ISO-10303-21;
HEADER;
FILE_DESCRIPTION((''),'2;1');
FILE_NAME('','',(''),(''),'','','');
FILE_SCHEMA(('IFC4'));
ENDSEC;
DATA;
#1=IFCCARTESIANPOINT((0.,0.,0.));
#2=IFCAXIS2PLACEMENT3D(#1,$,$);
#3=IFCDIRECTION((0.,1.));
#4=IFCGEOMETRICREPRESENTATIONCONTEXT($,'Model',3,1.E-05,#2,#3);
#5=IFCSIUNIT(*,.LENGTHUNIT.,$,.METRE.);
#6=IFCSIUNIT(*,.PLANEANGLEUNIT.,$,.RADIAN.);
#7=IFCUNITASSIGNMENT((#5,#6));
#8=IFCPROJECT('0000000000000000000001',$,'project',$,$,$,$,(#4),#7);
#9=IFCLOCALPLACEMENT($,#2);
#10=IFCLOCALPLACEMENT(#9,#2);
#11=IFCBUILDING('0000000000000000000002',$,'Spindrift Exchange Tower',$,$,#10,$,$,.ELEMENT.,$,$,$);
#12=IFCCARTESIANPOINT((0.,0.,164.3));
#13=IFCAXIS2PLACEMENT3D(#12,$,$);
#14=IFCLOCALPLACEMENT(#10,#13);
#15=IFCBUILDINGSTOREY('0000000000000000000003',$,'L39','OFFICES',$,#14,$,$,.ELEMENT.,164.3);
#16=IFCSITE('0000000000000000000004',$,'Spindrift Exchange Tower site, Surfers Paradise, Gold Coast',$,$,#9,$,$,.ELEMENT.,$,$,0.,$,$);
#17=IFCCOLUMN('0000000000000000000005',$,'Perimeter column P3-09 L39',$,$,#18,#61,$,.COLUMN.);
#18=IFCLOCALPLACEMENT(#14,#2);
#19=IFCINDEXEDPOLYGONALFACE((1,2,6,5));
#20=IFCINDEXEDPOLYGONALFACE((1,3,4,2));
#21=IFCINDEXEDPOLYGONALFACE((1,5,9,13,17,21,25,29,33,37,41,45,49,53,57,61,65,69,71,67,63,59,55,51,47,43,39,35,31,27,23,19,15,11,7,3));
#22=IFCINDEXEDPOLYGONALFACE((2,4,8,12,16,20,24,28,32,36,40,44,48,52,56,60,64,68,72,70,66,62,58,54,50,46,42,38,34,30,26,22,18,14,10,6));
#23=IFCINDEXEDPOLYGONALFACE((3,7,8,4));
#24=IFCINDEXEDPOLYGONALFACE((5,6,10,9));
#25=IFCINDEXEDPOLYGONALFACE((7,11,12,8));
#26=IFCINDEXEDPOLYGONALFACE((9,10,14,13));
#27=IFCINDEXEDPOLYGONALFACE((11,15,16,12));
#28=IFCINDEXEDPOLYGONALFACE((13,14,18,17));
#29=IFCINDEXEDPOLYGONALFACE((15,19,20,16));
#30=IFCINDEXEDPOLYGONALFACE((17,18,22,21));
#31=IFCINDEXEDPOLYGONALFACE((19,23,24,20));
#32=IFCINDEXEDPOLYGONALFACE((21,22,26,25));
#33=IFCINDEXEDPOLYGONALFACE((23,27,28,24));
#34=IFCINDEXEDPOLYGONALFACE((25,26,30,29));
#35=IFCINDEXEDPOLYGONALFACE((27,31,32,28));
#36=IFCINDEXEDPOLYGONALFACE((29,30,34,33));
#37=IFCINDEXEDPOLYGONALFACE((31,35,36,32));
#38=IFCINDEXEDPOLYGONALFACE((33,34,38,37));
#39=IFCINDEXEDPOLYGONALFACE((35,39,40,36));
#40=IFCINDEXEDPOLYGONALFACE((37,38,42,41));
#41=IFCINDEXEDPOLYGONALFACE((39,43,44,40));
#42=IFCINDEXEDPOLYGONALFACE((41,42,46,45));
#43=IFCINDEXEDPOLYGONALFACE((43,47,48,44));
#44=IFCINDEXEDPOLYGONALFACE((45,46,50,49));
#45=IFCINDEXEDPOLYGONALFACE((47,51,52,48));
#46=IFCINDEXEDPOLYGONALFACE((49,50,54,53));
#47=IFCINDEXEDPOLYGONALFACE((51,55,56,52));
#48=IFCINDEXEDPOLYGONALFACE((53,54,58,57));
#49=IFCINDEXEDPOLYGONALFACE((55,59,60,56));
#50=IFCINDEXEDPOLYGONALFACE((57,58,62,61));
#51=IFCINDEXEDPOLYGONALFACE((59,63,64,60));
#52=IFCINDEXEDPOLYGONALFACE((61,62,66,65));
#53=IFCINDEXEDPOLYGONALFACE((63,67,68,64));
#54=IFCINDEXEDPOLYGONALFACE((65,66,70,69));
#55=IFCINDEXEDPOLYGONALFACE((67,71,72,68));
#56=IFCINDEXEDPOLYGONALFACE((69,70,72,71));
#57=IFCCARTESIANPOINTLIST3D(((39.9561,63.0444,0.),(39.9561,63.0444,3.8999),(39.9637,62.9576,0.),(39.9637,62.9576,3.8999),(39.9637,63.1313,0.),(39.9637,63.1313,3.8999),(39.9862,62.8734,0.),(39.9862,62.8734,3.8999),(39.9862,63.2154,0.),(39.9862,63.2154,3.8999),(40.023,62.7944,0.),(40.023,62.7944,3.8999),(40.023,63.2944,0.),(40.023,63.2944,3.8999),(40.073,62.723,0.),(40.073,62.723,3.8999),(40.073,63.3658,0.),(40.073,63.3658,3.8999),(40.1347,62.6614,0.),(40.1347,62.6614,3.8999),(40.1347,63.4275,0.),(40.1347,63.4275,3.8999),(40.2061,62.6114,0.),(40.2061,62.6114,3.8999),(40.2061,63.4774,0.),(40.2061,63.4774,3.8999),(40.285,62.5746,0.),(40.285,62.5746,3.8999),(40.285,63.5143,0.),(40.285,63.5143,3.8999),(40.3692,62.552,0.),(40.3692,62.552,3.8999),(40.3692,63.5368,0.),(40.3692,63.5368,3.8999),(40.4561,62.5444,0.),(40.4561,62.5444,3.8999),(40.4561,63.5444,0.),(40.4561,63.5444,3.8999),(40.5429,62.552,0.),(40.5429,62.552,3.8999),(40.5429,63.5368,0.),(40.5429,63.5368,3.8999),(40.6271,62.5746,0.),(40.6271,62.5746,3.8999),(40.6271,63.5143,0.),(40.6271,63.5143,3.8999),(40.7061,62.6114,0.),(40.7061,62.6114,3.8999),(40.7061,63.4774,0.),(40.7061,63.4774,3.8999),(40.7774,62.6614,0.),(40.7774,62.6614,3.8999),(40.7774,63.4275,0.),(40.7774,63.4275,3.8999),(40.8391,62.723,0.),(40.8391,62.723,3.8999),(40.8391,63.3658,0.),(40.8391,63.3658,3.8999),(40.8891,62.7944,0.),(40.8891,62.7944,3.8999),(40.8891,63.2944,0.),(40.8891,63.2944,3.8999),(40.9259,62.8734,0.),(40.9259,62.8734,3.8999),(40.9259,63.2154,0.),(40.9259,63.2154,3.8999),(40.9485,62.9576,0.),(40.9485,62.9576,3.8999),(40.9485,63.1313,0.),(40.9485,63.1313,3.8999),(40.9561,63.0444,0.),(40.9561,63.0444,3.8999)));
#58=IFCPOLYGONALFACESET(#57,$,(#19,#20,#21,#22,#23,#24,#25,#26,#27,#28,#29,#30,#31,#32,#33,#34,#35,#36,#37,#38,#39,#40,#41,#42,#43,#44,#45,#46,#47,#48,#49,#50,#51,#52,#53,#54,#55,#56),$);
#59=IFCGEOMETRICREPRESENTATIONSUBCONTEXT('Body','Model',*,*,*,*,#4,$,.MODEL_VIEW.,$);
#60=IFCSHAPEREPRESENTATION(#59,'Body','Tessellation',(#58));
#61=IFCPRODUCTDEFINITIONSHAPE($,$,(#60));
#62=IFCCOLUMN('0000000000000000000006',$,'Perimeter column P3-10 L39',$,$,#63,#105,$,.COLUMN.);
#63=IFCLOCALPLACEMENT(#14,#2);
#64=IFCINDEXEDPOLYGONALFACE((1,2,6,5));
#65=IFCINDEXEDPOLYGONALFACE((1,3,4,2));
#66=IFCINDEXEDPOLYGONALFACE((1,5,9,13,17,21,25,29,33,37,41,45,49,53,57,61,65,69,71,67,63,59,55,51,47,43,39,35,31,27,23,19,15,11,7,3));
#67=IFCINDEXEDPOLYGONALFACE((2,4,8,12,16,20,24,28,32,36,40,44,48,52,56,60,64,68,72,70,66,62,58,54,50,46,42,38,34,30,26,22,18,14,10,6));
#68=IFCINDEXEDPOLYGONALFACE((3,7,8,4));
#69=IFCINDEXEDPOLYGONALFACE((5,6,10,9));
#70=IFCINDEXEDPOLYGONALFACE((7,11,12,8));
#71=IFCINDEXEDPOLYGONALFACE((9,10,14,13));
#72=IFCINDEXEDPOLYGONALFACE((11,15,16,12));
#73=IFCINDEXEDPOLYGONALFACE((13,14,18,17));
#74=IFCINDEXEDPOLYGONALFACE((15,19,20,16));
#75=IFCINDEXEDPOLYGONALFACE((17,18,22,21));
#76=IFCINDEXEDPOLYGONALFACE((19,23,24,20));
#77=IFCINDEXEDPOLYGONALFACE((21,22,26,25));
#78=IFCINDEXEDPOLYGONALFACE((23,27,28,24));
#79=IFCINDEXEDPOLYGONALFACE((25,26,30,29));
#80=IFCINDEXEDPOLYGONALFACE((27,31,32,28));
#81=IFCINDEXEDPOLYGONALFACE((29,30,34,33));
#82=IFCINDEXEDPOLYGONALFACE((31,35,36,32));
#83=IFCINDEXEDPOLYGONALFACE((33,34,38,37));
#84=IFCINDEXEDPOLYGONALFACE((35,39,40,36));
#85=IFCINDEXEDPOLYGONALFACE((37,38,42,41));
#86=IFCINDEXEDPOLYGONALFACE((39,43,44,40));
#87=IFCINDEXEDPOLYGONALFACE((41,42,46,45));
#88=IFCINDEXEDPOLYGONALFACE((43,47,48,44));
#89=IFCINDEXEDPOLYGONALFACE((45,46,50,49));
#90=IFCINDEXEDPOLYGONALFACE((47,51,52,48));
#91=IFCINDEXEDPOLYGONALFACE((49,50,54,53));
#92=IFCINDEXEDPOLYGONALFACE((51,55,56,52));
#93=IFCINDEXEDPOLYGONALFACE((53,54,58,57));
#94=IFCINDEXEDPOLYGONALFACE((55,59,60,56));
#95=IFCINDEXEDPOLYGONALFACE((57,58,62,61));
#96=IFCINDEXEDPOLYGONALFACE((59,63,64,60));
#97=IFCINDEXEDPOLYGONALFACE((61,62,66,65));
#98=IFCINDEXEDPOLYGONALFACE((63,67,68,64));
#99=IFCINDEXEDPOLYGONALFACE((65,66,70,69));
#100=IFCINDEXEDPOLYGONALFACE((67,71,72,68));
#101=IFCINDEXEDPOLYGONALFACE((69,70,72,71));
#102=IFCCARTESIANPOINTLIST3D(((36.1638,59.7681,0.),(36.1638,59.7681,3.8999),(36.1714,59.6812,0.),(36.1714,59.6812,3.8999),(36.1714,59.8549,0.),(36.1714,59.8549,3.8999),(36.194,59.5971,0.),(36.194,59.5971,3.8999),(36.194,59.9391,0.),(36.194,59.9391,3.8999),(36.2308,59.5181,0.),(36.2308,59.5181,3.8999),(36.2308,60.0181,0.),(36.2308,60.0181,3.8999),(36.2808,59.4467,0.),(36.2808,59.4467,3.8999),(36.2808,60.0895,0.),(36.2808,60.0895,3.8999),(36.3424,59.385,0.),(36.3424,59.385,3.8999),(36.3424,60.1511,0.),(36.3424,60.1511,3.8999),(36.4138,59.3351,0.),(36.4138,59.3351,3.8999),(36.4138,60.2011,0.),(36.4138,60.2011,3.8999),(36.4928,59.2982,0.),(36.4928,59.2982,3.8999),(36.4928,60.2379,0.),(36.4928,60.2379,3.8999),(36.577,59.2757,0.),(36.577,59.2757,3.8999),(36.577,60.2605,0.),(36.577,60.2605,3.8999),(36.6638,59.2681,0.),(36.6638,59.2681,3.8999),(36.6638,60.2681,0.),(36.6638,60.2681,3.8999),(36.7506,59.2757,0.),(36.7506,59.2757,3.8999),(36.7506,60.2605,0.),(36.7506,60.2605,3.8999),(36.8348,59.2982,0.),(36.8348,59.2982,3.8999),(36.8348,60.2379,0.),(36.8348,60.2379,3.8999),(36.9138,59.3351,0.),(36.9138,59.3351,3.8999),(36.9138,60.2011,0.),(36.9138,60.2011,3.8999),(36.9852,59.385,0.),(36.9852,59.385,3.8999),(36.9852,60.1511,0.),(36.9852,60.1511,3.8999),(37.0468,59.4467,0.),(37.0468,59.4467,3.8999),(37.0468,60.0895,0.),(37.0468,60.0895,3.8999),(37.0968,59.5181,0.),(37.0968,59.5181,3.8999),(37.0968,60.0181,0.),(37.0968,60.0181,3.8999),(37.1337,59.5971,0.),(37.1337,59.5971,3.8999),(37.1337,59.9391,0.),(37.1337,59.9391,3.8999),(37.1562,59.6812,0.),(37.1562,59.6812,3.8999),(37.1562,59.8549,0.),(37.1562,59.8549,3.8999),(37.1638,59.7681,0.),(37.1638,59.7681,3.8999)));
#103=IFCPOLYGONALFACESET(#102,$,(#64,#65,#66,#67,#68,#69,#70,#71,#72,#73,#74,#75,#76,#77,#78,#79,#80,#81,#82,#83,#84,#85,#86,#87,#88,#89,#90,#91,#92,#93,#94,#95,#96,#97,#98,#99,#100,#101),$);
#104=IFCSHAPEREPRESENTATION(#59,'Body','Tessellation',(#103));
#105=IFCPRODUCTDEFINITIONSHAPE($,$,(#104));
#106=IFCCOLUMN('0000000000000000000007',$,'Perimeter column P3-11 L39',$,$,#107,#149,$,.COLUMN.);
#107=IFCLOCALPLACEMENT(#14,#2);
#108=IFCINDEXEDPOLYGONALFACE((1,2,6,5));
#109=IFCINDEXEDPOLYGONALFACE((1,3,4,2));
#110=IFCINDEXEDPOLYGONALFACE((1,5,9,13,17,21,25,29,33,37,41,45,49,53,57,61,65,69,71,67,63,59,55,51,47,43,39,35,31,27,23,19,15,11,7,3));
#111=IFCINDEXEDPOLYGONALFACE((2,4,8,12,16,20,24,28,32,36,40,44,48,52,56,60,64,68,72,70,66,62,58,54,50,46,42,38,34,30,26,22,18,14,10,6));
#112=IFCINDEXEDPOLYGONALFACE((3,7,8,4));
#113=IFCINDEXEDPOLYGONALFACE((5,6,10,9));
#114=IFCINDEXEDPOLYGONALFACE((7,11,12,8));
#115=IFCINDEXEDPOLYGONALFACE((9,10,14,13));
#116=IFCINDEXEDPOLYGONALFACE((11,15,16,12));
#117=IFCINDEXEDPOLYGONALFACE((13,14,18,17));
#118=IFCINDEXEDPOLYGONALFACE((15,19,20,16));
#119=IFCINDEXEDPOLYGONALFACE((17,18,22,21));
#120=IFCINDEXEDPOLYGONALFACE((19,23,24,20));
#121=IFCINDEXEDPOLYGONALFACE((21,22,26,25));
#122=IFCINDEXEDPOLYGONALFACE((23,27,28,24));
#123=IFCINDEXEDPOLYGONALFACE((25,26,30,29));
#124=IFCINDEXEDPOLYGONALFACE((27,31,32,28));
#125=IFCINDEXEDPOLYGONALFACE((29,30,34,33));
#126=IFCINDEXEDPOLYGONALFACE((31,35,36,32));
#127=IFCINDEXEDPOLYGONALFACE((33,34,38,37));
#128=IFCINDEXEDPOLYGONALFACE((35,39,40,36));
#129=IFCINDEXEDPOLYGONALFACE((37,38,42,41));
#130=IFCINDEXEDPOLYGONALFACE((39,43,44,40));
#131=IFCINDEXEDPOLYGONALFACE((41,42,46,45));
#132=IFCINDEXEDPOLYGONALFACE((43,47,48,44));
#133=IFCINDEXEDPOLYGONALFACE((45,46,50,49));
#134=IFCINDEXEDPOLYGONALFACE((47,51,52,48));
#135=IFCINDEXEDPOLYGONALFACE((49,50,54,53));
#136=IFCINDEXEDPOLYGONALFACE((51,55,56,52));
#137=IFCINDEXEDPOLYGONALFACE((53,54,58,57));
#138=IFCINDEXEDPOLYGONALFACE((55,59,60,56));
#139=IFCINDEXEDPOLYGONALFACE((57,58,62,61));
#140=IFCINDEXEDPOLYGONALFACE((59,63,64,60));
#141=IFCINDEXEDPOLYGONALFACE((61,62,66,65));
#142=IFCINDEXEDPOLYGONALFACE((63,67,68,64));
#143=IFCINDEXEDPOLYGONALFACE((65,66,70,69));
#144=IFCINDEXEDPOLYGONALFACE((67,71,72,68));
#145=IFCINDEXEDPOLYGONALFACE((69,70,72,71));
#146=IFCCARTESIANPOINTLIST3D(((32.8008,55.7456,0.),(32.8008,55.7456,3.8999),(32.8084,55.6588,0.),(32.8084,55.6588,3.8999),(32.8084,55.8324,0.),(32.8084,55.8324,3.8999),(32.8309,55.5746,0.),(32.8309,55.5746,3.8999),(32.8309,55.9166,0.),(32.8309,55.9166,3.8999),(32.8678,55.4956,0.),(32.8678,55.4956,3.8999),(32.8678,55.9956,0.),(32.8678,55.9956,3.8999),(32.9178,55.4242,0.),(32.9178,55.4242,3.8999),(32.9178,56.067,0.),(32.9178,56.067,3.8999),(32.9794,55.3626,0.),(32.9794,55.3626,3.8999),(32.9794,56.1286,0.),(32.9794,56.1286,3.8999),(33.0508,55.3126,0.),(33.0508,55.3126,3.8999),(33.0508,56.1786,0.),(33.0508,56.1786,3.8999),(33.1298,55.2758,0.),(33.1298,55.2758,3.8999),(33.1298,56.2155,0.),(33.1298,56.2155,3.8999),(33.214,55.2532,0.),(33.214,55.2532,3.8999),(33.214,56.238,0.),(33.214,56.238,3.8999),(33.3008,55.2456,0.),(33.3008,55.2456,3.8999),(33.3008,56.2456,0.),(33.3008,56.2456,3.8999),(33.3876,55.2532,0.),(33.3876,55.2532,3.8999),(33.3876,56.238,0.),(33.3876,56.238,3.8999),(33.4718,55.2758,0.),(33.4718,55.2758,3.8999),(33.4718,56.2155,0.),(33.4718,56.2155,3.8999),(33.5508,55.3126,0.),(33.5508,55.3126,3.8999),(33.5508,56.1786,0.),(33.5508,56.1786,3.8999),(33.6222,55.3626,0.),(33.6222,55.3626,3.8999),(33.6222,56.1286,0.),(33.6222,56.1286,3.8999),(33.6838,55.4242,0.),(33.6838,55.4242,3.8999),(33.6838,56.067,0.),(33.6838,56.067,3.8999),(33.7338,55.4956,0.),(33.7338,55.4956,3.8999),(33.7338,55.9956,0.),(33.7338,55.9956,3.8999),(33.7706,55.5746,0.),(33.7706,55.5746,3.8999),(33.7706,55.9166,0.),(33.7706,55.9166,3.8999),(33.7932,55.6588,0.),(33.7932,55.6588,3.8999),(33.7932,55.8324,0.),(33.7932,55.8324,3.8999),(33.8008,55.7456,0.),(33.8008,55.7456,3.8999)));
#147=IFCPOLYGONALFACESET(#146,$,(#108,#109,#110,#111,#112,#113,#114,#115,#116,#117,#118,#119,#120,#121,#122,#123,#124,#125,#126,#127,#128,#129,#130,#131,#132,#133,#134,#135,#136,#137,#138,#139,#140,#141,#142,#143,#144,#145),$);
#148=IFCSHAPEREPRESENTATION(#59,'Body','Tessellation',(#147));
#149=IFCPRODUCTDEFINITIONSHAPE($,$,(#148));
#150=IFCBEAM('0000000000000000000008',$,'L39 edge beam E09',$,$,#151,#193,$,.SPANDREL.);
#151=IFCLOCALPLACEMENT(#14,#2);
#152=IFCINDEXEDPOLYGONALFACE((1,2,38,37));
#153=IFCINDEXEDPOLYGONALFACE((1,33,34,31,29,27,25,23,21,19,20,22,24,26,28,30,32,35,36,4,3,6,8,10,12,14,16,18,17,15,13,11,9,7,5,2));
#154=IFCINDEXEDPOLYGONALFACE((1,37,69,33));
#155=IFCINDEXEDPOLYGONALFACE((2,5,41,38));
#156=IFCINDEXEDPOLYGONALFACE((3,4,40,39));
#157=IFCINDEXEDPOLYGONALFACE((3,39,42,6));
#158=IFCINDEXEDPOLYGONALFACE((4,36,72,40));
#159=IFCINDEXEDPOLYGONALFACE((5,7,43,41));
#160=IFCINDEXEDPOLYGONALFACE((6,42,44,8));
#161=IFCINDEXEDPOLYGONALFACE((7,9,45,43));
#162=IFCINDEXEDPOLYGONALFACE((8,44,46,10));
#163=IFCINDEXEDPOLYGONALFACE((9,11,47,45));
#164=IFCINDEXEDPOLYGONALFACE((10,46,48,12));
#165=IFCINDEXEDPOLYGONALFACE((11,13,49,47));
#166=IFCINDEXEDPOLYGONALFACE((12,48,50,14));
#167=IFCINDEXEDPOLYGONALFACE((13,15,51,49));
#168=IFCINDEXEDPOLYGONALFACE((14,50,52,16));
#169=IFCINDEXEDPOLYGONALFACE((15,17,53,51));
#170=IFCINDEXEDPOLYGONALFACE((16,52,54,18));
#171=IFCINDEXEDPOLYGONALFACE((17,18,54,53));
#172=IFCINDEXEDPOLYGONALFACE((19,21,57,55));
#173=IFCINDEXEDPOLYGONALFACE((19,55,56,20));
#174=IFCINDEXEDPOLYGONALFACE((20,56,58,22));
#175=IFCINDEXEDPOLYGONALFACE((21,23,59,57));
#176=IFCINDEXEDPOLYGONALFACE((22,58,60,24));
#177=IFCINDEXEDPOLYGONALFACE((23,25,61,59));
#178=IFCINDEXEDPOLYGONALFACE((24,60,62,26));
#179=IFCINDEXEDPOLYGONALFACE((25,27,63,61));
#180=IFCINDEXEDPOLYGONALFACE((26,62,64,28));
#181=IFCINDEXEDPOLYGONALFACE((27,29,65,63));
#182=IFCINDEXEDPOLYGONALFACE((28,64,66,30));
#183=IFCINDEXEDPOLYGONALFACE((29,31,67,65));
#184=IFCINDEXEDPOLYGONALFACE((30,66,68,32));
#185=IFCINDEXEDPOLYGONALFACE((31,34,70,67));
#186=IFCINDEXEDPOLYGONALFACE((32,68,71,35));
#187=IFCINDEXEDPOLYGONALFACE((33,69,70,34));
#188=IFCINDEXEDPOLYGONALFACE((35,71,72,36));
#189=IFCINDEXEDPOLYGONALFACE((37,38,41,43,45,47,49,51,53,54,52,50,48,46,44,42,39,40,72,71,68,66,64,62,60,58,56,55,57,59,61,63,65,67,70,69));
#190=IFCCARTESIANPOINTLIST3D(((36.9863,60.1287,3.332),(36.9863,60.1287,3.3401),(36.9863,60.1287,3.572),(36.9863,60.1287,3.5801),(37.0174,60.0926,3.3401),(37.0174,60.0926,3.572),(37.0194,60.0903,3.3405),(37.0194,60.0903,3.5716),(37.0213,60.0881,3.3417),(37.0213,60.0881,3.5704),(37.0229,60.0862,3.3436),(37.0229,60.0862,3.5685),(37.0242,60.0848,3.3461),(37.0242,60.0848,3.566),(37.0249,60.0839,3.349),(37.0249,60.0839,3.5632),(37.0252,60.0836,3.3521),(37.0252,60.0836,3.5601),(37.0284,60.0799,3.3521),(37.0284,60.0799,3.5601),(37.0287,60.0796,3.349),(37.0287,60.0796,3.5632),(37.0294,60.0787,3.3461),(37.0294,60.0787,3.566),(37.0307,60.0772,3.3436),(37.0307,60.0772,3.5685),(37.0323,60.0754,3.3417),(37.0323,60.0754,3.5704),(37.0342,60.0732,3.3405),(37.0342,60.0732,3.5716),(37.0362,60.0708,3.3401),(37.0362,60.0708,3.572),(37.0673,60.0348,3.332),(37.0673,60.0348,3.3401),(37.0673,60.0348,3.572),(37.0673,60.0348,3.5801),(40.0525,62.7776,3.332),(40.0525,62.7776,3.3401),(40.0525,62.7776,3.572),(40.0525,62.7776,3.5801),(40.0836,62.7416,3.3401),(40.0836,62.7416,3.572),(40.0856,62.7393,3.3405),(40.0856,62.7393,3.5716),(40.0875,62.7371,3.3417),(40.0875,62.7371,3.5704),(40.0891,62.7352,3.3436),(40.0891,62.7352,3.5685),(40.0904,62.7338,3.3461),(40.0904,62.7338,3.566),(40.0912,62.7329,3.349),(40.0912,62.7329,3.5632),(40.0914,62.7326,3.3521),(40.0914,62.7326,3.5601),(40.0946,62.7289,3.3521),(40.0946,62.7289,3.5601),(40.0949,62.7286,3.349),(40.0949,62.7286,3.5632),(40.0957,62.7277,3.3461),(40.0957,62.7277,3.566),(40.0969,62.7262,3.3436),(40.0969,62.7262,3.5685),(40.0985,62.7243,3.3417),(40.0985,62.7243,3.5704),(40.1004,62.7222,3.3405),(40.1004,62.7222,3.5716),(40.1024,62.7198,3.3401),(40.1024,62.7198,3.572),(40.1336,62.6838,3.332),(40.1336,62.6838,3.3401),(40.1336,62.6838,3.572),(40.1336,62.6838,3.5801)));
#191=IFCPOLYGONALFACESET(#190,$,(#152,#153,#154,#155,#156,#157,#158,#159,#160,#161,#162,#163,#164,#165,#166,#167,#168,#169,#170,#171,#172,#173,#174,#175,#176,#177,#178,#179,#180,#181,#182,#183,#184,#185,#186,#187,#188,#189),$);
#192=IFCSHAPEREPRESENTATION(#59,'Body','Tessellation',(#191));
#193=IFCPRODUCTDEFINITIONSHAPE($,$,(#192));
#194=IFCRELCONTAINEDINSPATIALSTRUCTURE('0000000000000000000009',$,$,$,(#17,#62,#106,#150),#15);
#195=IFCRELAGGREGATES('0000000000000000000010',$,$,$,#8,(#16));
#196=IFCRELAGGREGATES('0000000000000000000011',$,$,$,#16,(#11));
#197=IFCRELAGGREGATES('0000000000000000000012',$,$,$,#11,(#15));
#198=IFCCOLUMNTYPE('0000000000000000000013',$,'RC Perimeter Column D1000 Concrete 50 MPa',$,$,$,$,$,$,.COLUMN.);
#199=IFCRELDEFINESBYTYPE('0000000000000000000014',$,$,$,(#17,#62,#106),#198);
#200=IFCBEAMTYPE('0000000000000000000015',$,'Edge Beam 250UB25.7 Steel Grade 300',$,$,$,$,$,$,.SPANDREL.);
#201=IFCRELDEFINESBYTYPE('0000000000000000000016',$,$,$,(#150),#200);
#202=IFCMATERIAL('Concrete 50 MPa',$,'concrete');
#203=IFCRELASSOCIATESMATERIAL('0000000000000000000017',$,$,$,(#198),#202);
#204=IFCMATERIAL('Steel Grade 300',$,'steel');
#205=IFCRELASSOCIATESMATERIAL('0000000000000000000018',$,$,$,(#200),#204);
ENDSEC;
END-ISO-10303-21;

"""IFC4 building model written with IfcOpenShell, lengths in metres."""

from ifc_helpers import new_model, si_unit, direction, frame, origin, origin_2d, place, context, subcontext, project, spatial, circle, i_section, extrude, source, transform, mapped, material, material_profile, profile_set, type_object, element, save


model = new_model("IFC4")

# Units and contexts
model_context = context("Model", 3, precision=1e-05, world=origin(), true_north=direction((0.0, 1.0)))
body_context = subcontext(model_context, "Body", "Model", "MODEL_VIEW")
ifc_project = project(units=[si_unit("LENGTHUNIT", "METRE"), si_unit("PLANEANGLEUNIT", "RADIAN")], contexts=[model_context])

# Site, building, storey
site_placement = place(None, origin())
site = spatial("IfcSite", under=ifc_project, at=site_placement, Name="Spindrift Exchange Tower site, Surfers Paradise, Gold Coast", CompositionType="ELEMENT", RefElevation=0.0)
building_placement = place(site_placement, origin())
building = spatial("IfcBuilding", under=site, at=building_placement, Name="Spindrift Exchange Tower", CompositionType="ELEMENT")
storey_placement = place(building_placement, frame((0.0, 0.0, 164.3)))
storey = spatial("IfcBuildingStorey", under=building, at=storey_placement, Name="L39", Description="OFFICES", CompositionType="ELEMENT", Elevation=164.3)

# Columns
ifc_material_1 = material(Name="Concrete 50 MPa", Category="concrete")
ifc_material_profile_1 = material_profile(ifc_material_1, circle(Radius=0.5, at=origin_2d()), Name="RC D1000")
ifc_profile_set_1 = profile_set([ifc_material_profile_1], Name="Concrete 50 MPa")
column_type = type_object("IfcColumnType", Name="RC Perimeter Column D1000 Concrete 50 MPa", PredefinedType="COLUMN", material=ifc_profile_set_1)
shared_shape_1 = source(origin(), body_context, "Body", "SweptSolid", [
    extrude(circle(Radius=0.5, at=origin_2d()), origin(), (0.0, 0.0, 1.0), 3.8999),
])
for number, where, z_axis, x_axis, name in (
    (1, (40.4561, 63.0444, 0.0), (0.0, 0.0, 1.0), (1.0, 0.0, 0.0), "Perimeter column P3-09 L39"),
    (2, (36.6638, 59.7681, 0.0), (0.0, 0.0, 1.0), (1.0, 0.0, 0.0), "Perimeter column P3-10 L39"),
    (3, (33.3008, 55.7456, 0.0), (0.0, 0.0, 1.0), (1.0, 0.0, 0.0), "Perimeter column P3-11 L39"),
):
    element("IfcColumn", number, at=place(storey_placement, frame(where, z_axis=z_axis, x_axis=x_axis)), inside=storey, type_object=column_type, Name=name, PredefinedType="COLUMN", context=body_context, shape_type="MappedRepresentation", body=[
        mapped(shared_shape_1, transform((0.0, 0.0, 0.0), scale=1.0)),
    ])

# Beam
ifc_material_2 = material(Name="Steel Grade 300", Category="steel")
ifc_material_profile_2 = material_profile(ifc_material_2, i_section(OverallWidth=0.124, OverallDepth=0.248, WebThickness=0.0049, FlangeThickness=0.0081, FilletRadius=0.012, at=origin_2d()), Name="250UB25.7")
ifc_profile_set_2 = profile_set([ifc_material_profile_2], Name="Steel Grade 300")
beam_type = type_object("IfcBeamType", Name="Edge Beam 250UB25.7 Steel Grade 300", PredefinedType="SPANDREL", material=ifc_profile_set_2)
shared_shape_2 = source(origin(), body_context, "Body", "SweptSolid", [
    extrude(i_section(OverallWidth=0.124, OverallDepth=0.248, WebThickness=0.0049, FlangeThickness=0.0081, FilletRadius=0.012, at=origin_2d()), origin(), (0.0, 0.0, 1.0), 4.052),
])
beam_1_placement = place(storey_placement, frame((40.093, 62.7307, 3.4561), z_axis=(-0.756716, -0.653744, 0.0), x_axis=(0.653744, -0.756716, 0.0)))
element("IfcBeam", 4, at=beam_1_placement, inside=storey, type_object=beam_type, Name="L39 edge beam E09", PredefinedType="SPANDREL", context=body_context, shape_type="MappedRepresentation", body=[
    mapped(shared_shape_2, transform((0.0, 0.0, 0.0), scale=1.0)),
])

save(model, "model.ifc")
